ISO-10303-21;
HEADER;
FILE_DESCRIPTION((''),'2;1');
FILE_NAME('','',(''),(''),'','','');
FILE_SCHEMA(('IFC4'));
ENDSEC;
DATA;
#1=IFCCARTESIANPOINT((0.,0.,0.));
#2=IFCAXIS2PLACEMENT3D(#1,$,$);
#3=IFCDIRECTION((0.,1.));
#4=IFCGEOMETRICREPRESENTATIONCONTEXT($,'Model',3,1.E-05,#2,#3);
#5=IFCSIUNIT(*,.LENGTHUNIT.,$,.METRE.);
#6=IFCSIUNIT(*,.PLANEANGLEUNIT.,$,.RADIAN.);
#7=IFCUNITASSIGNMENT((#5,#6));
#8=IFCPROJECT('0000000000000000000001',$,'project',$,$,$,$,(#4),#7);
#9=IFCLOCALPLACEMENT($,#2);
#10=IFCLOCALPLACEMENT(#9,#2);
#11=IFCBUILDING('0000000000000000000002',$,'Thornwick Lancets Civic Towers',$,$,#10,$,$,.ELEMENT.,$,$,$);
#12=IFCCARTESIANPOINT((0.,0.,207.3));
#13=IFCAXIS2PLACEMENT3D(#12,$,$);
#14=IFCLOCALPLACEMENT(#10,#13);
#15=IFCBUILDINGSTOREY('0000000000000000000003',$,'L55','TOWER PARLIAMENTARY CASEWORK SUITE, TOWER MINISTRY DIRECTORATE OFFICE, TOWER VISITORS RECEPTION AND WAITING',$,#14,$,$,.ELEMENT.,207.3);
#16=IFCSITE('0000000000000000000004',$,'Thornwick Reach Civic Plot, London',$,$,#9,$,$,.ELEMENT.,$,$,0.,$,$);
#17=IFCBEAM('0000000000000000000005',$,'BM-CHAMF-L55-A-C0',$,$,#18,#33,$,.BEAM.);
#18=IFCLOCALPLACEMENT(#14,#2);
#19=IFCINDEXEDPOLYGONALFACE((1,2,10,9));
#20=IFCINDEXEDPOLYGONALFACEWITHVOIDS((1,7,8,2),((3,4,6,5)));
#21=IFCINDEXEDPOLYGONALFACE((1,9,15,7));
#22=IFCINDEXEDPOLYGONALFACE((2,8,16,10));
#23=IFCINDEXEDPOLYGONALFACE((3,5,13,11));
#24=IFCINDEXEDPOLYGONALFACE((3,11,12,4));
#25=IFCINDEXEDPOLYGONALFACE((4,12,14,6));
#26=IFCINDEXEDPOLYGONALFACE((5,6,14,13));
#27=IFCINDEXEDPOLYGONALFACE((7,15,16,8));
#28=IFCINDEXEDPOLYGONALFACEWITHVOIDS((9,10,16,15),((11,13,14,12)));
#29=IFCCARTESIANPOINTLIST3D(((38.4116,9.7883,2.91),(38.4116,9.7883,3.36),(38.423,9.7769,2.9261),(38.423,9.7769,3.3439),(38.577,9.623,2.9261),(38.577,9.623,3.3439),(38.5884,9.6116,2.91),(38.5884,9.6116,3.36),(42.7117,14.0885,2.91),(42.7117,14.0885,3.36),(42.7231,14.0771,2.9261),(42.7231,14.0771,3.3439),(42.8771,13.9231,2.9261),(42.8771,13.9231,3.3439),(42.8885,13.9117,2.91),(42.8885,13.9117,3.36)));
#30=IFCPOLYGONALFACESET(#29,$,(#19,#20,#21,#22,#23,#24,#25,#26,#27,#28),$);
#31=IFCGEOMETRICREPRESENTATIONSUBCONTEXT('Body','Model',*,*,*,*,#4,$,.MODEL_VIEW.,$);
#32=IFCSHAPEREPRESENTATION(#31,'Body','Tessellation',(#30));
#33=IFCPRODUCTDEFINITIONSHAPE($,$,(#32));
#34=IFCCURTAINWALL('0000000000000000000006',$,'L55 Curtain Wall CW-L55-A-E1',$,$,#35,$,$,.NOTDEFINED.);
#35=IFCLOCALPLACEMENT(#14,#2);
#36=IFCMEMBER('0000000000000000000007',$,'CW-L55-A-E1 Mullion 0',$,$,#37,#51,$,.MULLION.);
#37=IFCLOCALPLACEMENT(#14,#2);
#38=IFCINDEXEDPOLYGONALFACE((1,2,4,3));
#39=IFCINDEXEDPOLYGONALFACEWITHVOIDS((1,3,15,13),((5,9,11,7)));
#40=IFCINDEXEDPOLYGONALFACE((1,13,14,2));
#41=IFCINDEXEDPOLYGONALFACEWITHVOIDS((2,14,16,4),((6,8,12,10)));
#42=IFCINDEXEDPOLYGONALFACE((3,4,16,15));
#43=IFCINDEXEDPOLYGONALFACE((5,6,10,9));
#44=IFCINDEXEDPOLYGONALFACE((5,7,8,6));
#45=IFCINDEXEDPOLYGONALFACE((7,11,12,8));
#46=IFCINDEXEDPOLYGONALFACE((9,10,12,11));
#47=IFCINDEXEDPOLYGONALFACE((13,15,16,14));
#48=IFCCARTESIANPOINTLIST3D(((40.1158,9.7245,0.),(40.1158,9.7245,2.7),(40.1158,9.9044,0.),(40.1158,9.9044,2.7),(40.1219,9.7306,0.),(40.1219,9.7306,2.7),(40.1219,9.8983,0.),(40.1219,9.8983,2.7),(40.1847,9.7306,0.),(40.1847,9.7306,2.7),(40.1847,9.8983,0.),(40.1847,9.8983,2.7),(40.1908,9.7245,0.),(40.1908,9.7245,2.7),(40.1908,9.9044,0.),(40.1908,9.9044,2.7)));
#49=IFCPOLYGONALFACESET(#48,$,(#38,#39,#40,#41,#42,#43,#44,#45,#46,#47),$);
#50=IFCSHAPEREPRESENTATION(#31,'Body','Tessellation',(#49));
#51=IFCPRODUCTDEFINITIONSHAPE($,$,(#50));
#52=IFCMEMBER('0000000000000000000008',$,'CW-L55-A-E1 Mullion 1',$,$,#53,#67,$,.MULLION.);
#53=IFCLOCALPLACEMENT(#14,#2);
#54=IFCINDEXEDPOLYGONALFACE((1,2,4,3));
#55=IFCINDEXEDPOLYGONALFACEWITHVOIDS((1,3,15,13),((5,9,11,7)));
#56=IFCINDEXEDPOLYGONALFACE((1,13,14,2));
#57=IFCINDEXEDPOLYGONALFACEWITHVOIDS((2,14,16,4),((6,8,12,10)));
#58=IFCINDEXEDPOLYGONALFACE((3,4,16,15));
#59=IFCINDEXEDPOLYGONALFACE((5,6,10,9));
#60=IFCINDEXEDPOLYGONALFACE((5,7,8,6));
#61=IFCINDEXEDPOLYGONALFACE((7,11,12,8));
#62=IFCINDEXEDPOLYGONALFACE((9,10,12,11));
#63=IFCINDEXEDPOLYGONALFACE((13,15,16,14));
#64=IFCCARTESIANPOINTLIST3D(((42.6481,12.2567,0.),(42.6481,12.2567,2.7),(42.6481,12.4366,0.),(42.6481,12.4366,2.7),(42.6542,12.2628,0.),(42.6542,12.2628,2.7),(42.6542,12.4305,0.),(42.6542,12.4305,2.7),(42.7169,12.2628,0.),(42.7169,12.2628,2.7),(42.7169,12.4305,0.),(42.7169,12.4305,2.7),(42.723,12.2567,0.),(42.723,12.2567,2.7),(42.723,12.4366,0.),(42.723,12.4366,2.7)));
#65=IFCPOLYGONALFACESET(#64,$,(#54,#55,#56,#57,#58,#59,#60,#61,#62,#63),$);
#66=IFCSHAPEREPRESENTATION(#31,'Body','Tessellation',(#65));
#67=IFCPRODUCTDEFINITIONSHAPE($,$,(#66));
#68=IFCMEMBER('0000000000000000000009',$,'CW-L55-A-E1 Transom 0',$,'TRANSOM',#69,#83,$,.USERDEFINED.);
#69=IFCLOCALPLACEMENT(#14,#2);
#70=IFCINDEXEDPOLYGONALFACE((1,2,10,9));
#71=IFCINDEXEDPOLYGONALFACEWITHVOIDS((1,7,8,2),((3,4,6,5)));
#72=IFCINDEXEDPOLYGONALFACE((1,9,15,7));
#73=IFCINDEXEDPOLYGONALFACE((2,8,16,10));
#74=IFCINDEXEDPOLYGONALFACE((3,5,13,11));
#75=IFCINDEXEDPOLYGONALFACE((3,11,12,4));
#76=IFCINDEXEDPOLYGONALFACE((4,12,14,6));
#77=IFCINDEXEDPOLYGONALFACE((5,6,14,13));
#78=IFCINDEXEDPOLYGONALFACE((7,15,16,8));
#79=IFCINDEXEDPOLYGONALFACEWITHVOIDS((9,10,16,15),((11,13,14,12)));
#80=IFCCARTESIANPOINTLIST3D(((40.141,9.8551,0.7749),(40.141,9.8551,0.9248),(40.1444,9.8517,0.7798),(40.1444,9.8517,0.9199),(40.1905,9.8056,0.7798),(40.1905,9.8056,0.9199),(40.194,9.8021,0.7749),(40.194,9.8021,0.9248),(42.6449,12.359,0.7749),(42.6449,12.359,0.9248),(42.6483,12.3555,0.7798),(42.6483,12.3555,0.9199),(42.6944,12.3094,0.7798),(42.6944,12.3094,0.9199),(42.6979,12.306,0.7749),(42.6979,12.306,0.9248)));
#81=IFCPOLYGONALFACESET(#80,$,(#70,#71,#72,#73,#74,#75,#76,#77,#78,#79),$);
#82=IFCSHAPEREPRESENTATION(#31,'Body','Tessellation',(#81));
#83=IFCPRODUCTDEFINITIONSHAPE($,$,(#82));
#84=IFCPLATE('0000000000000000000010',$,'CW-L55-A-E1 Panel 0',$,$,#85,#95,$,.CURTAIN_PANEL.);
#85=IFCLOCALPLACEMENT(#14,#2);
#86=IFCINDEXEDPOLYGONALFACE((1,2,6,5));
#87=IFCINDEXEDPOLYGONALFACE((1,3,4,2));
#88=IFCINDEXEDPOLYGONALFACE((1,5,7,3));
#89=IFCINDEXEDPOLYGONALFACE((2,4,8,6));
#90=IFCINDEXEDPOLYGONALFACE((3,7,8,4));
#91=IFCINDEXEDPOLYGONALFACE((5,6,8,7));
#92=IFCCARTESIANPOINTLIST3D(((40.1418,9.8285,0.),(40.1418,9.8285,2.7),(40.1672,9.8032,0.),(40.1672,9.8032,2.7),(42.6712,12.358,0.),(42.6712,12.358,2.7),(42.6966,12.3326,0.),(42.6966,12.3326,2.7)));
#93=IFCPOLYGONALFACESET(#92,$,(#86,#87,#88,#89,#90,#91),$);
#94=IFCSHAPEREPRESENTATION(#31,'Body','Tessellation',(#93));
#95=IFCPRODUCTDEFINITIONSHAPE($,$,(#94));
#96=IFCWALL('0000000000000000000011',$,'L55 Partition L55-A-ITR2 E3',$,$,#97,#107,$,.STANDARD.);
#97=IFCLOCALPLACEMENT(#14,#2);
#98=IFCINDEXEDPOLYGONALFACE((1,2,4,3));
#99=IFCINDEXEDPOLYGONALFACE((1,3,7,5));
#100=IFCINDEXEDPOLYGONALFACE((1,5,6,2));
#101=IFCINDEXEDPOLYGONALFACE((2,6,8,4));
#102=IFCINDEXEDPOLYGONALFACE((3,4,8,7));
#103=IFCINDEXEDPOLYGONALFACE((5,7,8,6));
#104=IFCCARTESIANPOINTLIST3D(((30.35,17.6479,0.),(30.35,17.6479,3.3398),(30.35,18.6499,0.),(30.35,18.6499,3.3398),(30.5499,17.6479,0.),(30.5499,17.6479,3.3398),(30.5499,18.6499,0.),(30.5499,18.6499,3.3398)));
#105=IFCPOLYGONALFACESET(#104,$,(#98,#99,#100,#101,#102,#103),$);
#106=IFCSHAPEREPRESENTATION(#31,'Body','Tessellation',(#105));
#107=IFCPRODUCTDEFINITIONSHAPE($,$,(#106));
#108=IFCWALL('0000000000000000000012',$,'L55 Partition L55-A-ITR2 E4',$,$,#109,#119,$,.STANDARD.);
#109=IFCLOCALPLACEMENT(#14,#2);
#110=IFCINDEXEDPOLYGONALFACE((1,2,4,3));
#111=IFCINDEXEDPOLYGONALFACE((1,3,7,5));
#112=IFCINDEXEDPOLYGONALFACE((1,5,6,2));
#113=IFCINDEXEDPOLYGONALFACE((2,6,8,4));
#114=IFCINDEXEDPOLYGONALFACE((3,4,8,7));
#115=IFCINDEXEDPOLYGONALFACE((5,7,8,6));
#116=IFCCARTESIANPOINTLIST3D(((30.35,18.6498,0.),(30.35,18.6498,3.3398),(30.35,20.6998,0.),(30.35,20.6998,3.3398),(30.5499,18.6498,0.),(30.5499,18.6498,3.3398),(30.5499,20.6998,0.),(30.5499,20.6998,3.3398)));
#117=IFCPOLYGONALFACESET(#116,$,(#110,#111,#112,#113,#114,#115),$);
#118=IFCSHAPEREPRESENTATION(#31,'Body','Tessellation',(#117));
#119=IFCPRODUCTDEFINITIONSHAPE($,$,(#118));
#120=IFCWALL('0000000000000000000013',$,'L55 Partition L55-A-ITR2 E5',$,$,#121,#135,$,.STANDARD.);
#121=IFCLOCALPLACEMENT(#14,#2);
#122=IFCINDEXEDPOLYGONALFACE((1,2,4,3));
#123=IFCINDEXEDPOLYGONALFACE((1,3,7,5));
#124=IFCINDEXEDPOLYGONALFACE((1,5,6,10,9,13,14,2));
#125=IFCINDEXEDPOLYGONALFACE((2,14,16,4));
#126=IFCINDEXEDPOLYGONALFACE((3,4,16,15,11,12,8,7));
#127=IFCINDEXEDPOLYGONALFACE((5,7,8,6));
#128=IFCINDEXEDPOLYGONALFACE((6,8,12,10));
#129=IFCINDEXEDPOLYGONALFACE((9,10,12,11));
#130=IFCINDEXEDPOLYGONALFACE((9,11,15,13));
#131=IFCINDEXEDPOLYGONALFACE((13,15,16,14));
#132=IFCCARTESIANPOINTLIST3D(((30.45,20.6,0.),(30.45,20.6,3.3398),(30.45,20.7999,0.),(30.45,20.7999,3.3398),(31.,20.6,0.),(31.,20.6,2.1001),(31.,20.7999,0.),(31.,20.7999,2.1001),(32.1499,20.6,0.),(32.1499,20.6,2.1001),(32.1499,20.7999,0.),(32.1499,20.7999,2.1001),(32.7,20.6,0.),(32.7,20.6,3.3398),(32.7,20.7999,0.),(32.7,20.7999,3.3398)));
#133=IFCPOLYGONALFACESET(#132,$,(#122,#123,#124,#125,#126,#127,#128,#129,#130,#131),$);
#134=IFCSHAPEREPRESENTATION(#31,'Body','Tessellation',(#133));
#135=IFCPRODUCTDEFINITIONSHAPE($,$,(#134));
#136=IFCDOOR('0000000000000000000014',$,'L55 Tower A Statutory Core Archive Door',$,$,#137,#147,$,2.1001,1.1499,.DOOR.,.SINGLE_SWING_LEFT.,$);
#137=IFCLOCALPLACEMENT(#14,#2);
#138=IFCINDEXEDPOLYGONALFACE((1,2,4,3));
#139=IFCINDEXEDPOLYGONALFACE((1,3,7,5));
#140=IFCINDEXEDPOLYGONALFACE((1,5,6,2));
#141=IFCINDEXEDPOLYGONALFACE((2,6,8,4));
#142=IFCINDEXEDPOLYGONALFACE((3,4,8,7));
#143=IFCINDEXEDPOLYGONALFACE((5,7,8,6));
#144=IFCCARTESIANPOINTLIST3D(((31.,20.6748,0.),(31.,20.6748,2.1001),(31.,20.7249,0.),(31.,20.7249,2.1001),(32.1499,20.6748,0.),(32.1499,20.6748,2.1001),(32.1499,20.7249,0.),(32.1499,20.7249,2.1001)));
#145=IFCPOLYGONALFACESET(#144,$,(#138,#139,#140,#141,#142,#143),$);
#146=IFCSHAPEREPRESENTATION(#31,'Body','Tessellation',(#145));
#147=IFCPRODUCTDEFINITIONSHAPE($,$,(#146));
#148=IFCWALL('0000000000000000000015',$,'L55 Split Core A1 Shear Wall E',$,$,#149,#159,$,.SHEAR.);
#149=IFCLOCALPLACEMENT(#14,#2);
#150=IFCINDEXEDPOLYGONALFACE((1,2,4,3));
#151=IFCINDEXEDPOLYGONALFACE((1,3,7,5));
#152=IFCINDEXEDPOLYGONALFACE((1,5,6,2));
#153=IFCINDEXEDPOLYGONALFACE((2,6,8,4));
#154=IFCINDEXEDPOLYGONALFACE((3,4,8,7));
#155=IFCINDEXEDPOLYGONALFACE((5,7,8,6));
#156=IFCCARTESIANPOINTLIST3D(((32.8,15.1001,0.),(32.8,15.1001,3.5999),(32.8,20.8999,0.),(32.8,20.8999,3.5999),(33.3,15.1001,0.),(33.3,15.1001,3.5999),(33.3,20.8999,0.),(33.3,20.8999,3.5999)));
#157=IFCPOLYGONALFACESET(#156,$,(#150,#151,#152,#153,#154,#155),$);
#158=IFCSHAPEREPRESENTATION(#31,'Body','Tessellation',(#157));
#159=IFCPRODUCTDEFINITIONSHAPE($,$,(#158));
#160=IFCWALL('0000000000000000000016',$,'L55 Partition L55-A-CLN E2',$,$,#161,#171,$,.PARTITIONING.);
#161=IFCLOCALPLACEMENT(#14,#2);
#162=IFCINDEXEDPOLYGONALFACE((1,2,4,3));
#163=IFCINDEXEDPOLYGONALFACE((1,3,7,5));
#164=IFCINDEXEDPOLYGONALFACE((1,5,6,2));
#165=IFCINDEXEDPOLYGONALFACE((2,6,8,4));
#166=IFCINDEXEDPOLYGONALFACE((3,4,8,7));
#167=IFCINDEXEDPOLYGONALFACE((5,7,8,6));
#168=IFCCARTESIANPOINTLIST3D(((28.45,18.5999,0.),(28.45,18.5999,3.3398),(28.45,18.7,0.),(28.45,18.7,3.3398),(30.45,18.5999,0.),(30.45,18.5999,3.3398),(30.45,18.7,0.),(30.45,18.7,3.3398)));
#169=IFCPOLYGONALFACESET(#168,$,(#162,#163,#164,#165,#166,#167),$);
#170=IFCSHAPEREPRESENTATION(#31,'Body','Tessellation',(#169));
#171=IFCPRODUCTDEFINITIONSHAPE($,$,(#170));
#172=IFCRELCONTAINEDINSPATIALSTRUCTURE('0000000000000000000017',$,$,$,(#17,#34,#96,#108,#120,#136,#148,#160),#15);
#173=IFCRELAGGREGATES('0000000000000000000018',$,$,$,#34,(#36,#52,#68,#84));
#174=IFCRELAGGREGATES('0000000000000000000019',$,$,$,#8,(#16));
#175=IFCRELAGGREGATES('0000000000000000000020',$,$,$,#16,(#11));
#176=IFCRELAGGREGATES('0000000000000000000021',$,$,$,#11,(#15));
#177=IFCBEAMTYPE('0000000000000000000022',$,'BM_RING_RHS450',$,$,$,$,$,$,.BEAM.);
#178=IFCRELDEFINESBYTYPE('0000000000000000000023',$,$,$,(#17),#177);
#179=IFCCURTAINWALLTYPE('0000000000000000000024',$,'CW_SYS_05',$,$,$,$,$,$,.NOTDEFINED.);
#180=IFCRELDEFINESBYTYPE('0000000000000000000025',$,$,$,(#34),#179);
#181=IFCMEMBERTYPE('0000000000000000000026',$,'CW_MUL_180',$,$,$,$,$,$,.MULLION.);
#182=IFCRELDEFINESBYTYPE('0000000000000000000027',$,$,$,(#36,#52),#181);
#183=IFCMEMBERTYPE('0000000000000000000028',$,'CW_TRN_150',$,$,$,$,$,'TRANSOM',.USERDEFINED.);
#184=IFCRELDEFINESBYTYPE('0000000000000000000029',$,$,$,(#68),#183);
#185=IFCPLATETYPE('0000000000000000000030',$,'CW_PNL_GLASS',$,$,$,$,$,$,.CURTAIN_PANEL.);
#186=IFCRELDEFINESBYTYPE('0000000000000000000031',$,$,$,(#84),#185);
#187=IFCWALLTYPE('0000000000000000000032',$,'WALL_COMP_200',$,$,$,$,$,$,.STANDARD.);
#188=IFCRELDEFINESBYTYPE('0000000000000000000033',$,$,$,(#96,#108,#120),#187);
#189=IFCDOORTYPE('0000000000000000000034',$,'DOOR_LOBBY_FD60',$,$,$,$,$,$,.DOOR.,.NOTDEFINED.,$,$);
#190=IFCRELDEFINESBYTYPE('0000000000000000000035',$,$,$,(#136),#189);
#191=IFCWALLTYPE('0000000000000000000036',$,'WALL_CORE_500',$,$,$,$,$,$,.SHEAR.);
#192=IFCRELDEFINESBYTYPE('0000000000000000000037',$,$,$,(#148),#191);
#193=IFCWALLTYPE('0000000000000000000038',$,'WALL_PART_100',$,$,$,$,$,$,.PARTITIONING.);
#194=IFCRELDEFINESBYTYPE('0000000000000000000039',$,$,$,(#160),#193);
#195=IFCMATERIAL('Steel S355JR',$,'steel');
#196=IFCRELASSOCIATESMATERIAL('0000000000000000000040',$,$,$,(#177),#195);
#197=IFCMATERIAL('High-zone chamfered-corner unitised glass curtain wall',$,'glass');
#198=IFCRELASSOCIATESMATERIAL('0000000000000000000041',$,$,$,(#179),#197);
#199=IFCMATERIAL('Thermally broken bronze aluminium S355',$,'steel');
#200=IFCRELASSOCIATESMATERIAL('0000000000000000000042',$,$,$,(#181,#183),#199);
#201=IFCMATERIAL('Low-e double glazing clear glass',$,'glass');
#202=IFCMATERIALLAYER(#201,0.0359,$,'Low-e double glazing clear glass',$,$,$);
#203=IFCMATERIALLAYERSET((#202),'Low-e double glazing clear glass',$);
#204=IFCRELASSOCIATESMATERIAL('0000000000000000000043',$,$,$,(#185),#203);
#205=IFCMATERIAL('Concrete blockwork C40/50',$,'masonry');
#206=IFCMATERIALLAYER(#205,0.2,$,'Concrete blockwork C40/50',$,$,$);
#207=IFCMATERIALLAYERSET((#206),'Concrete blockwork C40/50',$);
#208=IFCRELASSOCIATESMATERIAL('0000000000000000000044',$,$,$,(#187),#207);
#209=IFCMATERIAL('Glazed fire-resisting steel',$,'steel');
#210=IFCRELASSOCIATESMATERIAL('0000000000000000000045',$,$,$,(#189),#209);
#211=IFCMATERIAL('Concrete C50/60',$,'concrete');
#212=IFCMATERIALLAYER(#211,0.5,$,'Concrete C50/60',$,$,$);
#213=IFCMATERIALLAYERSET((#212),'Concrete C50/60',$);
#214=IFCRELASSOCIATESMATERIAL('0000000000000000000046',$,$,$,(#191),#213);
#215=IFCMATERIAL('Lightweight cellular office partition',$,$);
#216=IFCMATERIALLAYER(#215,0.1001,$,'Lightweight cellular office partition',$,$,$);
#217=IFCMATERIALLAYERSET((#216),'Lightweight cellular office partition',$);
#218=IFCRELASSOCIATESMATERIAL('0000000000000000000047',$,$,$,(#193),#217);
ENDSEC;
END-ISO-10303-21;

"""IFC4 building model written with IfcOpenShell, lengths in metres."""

from ifc_helpers import new_model, si_unit, direction, frame, frame_2d, origin, origin_2d, place, context, subcontext, project, spatial, rectangle, hollow_rectangle, extrude, material, layer, layer_set, material_profile, profile_set, type_object, element, fill, aggregate, save


model = new_model("IFC4")

# Units and contexts
model_context = context("Model", 3, precision=1e-05, world=origin(), true_north=direction((0.0, 1.0)))
body_context = subcontext(model_context, "Body", "Model", "MODEL_VIEW")
ifc_project = project(units=[si_unit("LENGTHUNIT", "METRE"), si_unit("PLANEANGLEUNIT", "RADIAN")], contexts=[model_context])

# Site, building, storey
site_placement = place(None, origin())
site = spatial("IfcSite", under=ifc_project, at=site_placement, Name="Thornwick Reach Civic Plot, London", CompositionType="ELEMENT", RefElevation=0.0)
building_placement = place(site_placement, origin())
building = spatial("IfcBuilding", under=site, at=building_placement, Name="Thornwick Lancets Civic Towers", CompositionType="ELEMENT")
storey_placement = place(building_placement, frame((0.0, 0.0, 207.3)))
storey = spatial("IfcBuildingStorey", under=building, at=storey_placement, Name="L55", Description="TOWER PARLIAMENTARY CASEWORK SUITE, TOWER MINISTRY DIRECTORATE OFFICE, TOWER VISITORS RECEPTION AND WAITING", CompositionType="ELEMENT", Elevation=207.3)

# Shared definitions
ifc_material_1 = material(Name="Concrete C50/60", Category="concrete")

# Beam
ifc_material_2 = material(Name="Steel S355JR", Category="steel")
ifc_material_profile_1 = material_profile(ifc_material_2, hollow_rectangle(XDim=0.25, YDim=0.45, WallThickness=0.0161, at=origin_2d()), Name="RHS 450x250x16")
ifc_profile_set_1 = profile_set([ifc_material_profile_1], Name="Steel S355JR")
beam_type_1 = type_object("IfcBeamType", Name="BM_RING_RHS450", PredefinedType="BEAM", material=ifc_profile_set_1)
beam_1_placement = place(storey_placement, frame((38.5, 9.7, 3.135), z_axis=(0.707107, 0.707107, 0.0), x_axis=(-0.707107, 0.707107, 0.0)))
element("IfcBeam", 1, at=beam_1_placement, inside=storey, type_object=beam_type_1, Name="BM-CHAMF-L55-A-C0", PredefinedType="BEAM", context=body_context, shape_type="SweptSolid", body=[
    extrude(hollow_rectangle(XDim=0.25, YDim=0.45, WallThickness=0.0161, at=origin_2d()), origin(), (0.0, 0.0, 1.0), 6.0813),
])

# Curtain wall, members, plate
ifc_material_3 = material(Name="High-zone chamfered-corner unitised glass curtain wall", Category="glass")
curtain_wall_type = type_object("IfcCurtainWallType", Name="CW_SYS_05", PredefinedType="NOTDEFINED", material=ifc_material_3)
curtain_wall_placement = place(storey_placement, origin())
curtain_wall = element("IfcCurtainWall", 2, at=curtain_wall_placement, inside=storey, type_object=curtain_wall_type, Name="L55 Curtain Wall CW-L55-A-E1", PredefinedType="NOTDEFINED")
ifc_material_4 = material(Name="Thermally broken bronze aluminium S355", Category="steel")
ifc_material_profile_2 = material_profile(ifc_material_4, hollow_rectangle(XDim=0.075, YDim=0.1799, WallThickness=0.0061, at=origin_2d()), Name="RHS 180x75x6")
ifc_profile_set_2 = profile_set([ifc_material_profile_2], Name="Thermally broken bronze aluminium S355")
member_type_1 = type_object("IfcMemberType", Name="CW_MUL_180", PredefinedType="MULLION", material=ifc_profile_set_2)
member_1_placement = place(storey_placement, frame((40.1533, 9.8145, 0.0), z_axis=(0.0, 0.0, 1.0), x_axis=(1.0, 0.0, 0.0)))
member_1 = element("IfcMember", 3, at=member_1_placement, type_object=member_type_1, Name="CW-L55-A-E1 Mullion 0", PredefinedType="MULLION", context=body_context, shape_type="SweptSolid", body=[
    extrude(hollow_rectangle(XDim=0.075, YDim=0.1799, WallThickness=0.0061, at=origin_2d()), origin(), (0.0, 0.0, 1.0), 2.7),
])
member_2_placement = place(storey_placement, frame((42.6855, 12.3467, 0.0), z_axis=(0.0, 0.0, 1.0), x_axis=(1.0, 0.0, 0.0)))
member_2 = element("IfcMember", 4, at=member_2_placement, type_object=member_type_1, Name="CW-L55-A-E1 Mullion 1", PredefinedType="MULLION", context=body_context, shape_type="SweptSolid", body=[
    extrude(hollow_rectangle(XDim=0.075, YDim=0.1799, WallThickness=0.0061, at=origin_2d()), origin(), (0.0, 0.0, 1.0), 2.7),
])
ifc_material_profile_3 = material_profile(ifc_material_4, hollow_rectangle(XDim=0.075, YDim=0.1499, WallThickness=0.0049, at=origin_2d()), Name="RHS 150x75x5")
ifc_profile_set_3 = profile_set([ifc_material_profile_3], Name="Thermally broken bronze aluminium S355")
member_type_2 = type_object("IfcMemberType", Name="CW_TRN_150", ElementType="TRANSOM", PredefinedType="USERDEFINED", material=ifc_profile_set_3)
member_3_placement = place(storey_placement, frame((40.1675, 9.8286, 0.8499), z_axis=(0.707107, 0.707107, 0.0), x_axis=(-0.707107, 0.707107, 0.0)))
member_3 = element("IfcMember", 5, at=member_3_placement, type_object=member_type_2, Name="CW-L55-A-E1 Transom 0", ObjectType="TRANSOM", PredefinedType="USERDEFINED", context=body_context, shape_type="SweptSolid", body=[
    extrude(hollow_rectangle(XDim=0.075, YDim=0.1499, WallThickness=0.0049, at=origin_2d()), origin(), (0.0, 0.0, 1.0), 3.541),
])
ifc_material_5 = material(Name="Low-e double glazing clear glass", Category="glass")
ifc_layer_1 = layer(ifc_material_5, 0.0359, Name="Low-e double glazing clear glass")
ifc_layer_set_1 = layer_set([ifc_layer_1], Name="Low-e double glazing clear glass")
plate_type = type_object("IfcPlateType", Name="CW_PNL_GLASS", PredefinedType="CURTAIN_PANEL", material=ifc_layer_set_1)
plate_placement = place(storey_placement, frame((41.4192, 11.0806, 0.0), z_axis=(0.0, 0.0, 1.0), x_axis=(0.707107, 0.707107, 0.0)))
plate = element("IfcPlate", 6, at=plate_placement, type_object=plate_type, Name="CW-L55-A-E1 Panel 0", PredefinedType="CURTAIN_PANEL", context=body_context, shape_type="SweptSolid", body=[
    extrude(rectangle(XDim=3.5771, YDim=0.0359, at=origin_2d()), origin(), (0.0, 0.0, 1.0), 2.7),
])
aggregate(curtain_wall, [member_1, member_2, member_3, plate])

# Walls
ifc_material_6 = material(Name="Concrete blockwork C40/50", Category="masonry")
ifc_layer_2 = layer(ifc_material_6, 0.2, Name="Concrete blockwork C40/50")
ifc_layer_set_2 = layer_set([ifc_layer_2], Name="Concrete blockwork C40/50")
wall_type_1 = type_object("IfcWallType", Name="WALL_COMP_200", PredefinedType="STANDARD", material=ifc_layer_set_2)
wall_1_placement = place(storey_placement, frame((30.45, 17.6479, 0.0), z_axis=(0.0, 0.0, 1.0), x_axis=(0.0, 1.0, 0.0)))
element("IfcWall", 7, at=wall_1_placement, inside=storey, type_object=wall_type_1, Name="L55 Partition L55-A-ITR2 E3", PredefinedType="STANDARD", context=body_context, shape_type="SweptSolid", body=[
    extrude(rectangle(XDim=1.002, YDim=0.2, at=frame_2d((0.501, 0.0))), origin(), (0.0, 0.0, 1.0), 3.3398),
])
wall_2_placement = place(storey_placement, frame((30.45, 18.6499, 0.0), z_axis=(0.0, 0.0, 1.0), x_axis=(0.0, 1.0, 0.0)))
element("IfcWall", 8, at=wall_2_placement, inside=storey, type_object=wall_type_1, Name="L55 Partition L55-A-ITR2 E4", PredefinedType="STANDARD", context=body_context, shape_type="SweptSolid", body=[
    extrude(rectangle(XDim=2.05, YDim=0.2, at=frame_2d((1.0249, 0.0))), origin(), (0.0, 0.0, 1.0), 3.3398),
])

# Wall, opening, door
wall_3_placement = place(storey_placement, frame((30.45, 20.7, 0.0), z_axis=(0.0, 0.0, 1.0), x_axis=(1.0, 0.0, 0.0)))
wall_3 = element("IfcWall", 9, at=wall_3_placement, inside=storey, type_object=wall_type_1, Name="L55 Partition L55-A-ITR2 E5", PredefinedType="STANDARD", context=body_context, shape_type="SweptSolid", body=[
    extrude(rectangle(XDim=2.25, YDim=0.2, at=frame_2d((1.125, 0.0))), origin(), (0.0, 0.0, 1.0), 3.3398),
])
opening_1_placement = place(wall_3_placement, frame((0.55, 0.0, 0.0)))
opening_1 = element("IfcOpeningElement", 10, at=opening_1_placement, cuts=wall_3, PredefinedType="OPENING", context=body_context, shape_type="SweptSolid", body=[
    extrude(rectangle(XDim=1.1499, YDim=2.1001, at=frame_2d((0.575, 1.05))), frame((0.0, 0.1099, 0.0), z_axis=(0.0, -1.0, 0.0), x_axis=(1.0, 0.0, 0.0)), (0.0, 0.0, 1.0), 0.22),
])
ifc_material_7 = material(Name="Glazed fire-resisting steel", Category="steel")
door_type_1 = type_object("IfcDoorType", Name="DOOR_LOBBY_FD60", OperationType="NOTDEFINED", PredefinedType="DOOR", material=ifc_material_7)
door_1_placement = place(opening_1_placement, origin())
door_1 = element("IfcDoor", 11, at=door_1_placement, inside=storey, type_object=door_type_1, Name="L55 Tower A Statutory Core Archive Door", OperationType="SINGLE_SWING_LEFT", OverallHeight=2.1001, OverallWidth=1.1499, PredefinedType="DOOR", context=body_context, shape_type="SweptSolid", body=[
    extrude(rectangle(XDim=1.1499, YDim=2.1001, at=frame_2d((0.575, 1.05))), frame((0.0, 0.0249, 0.0), z_axis=(0.0, -1.0, 0.0), x_axis=(1.0, 0.0, 0.0)), (0.0, 0.0, 1.0), 0.05),
])
fill(opening_1, door_1)

# Walls
ifc_layer_3 = layer(ifc_material_1, 0.5, Name="Concrete C50/60")
ifc_layer_set_3 = layer_set([ifc_layer_3], Name="Concrete C50/60")
wall_type_2 = type_object("IfcWallType", Name="WALL_CORE_500", PredefinedType="SHEAR", material=ifc_layer_set_3)
wall_4_placement = place(storey_placement, frame((33.05, 15.1001, 0.0), z_axis=(0.0, 0.0, 1.0), x_axis=(0.0, 1.0, 0.0)))
element("IfcWall", 12, at=wall_4_placement, inside=storey, type_object=wall_type_2, Name="L55 Split Core A1 Shear Wall E", PredefinedType="SHEAR", context=body_context, shape_type="SweptSolid", body=[
    extrude(rectangle(XDim=5.7998, YDim=0.5, at=frame_2d((2.8999, 0.0))), origin(), (0.0, 0.0, 1.0), 3.5999),
])
ifc_material_8 = material(Name="Lightweight cellular office partition")
ifc_layer_4 = layer(ifc_material_8, 0.1001, Name="Lightweight cellular office partition")
ifc_layer_set_4 = layer_set([ifc_layer_4], Name="Lightweight cellular office partition")
wall_type_3 = type_object("IfcWallType", Name="WALL_PART_100", PredefinedType="PARTITIONING", material=ifc_layer_set_4)
wall_5_placement = place(storey_placement, frame((30.45, 18.6499, 0.0), z_axis=(0.0, 0.0, 1.0), x_axis=(-1.0, 0.0, 0.0)))
element("IfcWall", 13, at=wall_5_placement, inside=storey, type_object=wall_type_3, Name="L55 Partition L55-A-CLN E2", PredefinedType="PARTITIONING", context=body_context, shape_type="SweptSolid", body=[
    extrude(rectangle(XDim=2.0, YDim=0.1001, at=frame_2d((1.0, 0.0))), origin(), (0.0, 0.0, 1.0), 3.3398),
])

save(model, "model.ifc")
